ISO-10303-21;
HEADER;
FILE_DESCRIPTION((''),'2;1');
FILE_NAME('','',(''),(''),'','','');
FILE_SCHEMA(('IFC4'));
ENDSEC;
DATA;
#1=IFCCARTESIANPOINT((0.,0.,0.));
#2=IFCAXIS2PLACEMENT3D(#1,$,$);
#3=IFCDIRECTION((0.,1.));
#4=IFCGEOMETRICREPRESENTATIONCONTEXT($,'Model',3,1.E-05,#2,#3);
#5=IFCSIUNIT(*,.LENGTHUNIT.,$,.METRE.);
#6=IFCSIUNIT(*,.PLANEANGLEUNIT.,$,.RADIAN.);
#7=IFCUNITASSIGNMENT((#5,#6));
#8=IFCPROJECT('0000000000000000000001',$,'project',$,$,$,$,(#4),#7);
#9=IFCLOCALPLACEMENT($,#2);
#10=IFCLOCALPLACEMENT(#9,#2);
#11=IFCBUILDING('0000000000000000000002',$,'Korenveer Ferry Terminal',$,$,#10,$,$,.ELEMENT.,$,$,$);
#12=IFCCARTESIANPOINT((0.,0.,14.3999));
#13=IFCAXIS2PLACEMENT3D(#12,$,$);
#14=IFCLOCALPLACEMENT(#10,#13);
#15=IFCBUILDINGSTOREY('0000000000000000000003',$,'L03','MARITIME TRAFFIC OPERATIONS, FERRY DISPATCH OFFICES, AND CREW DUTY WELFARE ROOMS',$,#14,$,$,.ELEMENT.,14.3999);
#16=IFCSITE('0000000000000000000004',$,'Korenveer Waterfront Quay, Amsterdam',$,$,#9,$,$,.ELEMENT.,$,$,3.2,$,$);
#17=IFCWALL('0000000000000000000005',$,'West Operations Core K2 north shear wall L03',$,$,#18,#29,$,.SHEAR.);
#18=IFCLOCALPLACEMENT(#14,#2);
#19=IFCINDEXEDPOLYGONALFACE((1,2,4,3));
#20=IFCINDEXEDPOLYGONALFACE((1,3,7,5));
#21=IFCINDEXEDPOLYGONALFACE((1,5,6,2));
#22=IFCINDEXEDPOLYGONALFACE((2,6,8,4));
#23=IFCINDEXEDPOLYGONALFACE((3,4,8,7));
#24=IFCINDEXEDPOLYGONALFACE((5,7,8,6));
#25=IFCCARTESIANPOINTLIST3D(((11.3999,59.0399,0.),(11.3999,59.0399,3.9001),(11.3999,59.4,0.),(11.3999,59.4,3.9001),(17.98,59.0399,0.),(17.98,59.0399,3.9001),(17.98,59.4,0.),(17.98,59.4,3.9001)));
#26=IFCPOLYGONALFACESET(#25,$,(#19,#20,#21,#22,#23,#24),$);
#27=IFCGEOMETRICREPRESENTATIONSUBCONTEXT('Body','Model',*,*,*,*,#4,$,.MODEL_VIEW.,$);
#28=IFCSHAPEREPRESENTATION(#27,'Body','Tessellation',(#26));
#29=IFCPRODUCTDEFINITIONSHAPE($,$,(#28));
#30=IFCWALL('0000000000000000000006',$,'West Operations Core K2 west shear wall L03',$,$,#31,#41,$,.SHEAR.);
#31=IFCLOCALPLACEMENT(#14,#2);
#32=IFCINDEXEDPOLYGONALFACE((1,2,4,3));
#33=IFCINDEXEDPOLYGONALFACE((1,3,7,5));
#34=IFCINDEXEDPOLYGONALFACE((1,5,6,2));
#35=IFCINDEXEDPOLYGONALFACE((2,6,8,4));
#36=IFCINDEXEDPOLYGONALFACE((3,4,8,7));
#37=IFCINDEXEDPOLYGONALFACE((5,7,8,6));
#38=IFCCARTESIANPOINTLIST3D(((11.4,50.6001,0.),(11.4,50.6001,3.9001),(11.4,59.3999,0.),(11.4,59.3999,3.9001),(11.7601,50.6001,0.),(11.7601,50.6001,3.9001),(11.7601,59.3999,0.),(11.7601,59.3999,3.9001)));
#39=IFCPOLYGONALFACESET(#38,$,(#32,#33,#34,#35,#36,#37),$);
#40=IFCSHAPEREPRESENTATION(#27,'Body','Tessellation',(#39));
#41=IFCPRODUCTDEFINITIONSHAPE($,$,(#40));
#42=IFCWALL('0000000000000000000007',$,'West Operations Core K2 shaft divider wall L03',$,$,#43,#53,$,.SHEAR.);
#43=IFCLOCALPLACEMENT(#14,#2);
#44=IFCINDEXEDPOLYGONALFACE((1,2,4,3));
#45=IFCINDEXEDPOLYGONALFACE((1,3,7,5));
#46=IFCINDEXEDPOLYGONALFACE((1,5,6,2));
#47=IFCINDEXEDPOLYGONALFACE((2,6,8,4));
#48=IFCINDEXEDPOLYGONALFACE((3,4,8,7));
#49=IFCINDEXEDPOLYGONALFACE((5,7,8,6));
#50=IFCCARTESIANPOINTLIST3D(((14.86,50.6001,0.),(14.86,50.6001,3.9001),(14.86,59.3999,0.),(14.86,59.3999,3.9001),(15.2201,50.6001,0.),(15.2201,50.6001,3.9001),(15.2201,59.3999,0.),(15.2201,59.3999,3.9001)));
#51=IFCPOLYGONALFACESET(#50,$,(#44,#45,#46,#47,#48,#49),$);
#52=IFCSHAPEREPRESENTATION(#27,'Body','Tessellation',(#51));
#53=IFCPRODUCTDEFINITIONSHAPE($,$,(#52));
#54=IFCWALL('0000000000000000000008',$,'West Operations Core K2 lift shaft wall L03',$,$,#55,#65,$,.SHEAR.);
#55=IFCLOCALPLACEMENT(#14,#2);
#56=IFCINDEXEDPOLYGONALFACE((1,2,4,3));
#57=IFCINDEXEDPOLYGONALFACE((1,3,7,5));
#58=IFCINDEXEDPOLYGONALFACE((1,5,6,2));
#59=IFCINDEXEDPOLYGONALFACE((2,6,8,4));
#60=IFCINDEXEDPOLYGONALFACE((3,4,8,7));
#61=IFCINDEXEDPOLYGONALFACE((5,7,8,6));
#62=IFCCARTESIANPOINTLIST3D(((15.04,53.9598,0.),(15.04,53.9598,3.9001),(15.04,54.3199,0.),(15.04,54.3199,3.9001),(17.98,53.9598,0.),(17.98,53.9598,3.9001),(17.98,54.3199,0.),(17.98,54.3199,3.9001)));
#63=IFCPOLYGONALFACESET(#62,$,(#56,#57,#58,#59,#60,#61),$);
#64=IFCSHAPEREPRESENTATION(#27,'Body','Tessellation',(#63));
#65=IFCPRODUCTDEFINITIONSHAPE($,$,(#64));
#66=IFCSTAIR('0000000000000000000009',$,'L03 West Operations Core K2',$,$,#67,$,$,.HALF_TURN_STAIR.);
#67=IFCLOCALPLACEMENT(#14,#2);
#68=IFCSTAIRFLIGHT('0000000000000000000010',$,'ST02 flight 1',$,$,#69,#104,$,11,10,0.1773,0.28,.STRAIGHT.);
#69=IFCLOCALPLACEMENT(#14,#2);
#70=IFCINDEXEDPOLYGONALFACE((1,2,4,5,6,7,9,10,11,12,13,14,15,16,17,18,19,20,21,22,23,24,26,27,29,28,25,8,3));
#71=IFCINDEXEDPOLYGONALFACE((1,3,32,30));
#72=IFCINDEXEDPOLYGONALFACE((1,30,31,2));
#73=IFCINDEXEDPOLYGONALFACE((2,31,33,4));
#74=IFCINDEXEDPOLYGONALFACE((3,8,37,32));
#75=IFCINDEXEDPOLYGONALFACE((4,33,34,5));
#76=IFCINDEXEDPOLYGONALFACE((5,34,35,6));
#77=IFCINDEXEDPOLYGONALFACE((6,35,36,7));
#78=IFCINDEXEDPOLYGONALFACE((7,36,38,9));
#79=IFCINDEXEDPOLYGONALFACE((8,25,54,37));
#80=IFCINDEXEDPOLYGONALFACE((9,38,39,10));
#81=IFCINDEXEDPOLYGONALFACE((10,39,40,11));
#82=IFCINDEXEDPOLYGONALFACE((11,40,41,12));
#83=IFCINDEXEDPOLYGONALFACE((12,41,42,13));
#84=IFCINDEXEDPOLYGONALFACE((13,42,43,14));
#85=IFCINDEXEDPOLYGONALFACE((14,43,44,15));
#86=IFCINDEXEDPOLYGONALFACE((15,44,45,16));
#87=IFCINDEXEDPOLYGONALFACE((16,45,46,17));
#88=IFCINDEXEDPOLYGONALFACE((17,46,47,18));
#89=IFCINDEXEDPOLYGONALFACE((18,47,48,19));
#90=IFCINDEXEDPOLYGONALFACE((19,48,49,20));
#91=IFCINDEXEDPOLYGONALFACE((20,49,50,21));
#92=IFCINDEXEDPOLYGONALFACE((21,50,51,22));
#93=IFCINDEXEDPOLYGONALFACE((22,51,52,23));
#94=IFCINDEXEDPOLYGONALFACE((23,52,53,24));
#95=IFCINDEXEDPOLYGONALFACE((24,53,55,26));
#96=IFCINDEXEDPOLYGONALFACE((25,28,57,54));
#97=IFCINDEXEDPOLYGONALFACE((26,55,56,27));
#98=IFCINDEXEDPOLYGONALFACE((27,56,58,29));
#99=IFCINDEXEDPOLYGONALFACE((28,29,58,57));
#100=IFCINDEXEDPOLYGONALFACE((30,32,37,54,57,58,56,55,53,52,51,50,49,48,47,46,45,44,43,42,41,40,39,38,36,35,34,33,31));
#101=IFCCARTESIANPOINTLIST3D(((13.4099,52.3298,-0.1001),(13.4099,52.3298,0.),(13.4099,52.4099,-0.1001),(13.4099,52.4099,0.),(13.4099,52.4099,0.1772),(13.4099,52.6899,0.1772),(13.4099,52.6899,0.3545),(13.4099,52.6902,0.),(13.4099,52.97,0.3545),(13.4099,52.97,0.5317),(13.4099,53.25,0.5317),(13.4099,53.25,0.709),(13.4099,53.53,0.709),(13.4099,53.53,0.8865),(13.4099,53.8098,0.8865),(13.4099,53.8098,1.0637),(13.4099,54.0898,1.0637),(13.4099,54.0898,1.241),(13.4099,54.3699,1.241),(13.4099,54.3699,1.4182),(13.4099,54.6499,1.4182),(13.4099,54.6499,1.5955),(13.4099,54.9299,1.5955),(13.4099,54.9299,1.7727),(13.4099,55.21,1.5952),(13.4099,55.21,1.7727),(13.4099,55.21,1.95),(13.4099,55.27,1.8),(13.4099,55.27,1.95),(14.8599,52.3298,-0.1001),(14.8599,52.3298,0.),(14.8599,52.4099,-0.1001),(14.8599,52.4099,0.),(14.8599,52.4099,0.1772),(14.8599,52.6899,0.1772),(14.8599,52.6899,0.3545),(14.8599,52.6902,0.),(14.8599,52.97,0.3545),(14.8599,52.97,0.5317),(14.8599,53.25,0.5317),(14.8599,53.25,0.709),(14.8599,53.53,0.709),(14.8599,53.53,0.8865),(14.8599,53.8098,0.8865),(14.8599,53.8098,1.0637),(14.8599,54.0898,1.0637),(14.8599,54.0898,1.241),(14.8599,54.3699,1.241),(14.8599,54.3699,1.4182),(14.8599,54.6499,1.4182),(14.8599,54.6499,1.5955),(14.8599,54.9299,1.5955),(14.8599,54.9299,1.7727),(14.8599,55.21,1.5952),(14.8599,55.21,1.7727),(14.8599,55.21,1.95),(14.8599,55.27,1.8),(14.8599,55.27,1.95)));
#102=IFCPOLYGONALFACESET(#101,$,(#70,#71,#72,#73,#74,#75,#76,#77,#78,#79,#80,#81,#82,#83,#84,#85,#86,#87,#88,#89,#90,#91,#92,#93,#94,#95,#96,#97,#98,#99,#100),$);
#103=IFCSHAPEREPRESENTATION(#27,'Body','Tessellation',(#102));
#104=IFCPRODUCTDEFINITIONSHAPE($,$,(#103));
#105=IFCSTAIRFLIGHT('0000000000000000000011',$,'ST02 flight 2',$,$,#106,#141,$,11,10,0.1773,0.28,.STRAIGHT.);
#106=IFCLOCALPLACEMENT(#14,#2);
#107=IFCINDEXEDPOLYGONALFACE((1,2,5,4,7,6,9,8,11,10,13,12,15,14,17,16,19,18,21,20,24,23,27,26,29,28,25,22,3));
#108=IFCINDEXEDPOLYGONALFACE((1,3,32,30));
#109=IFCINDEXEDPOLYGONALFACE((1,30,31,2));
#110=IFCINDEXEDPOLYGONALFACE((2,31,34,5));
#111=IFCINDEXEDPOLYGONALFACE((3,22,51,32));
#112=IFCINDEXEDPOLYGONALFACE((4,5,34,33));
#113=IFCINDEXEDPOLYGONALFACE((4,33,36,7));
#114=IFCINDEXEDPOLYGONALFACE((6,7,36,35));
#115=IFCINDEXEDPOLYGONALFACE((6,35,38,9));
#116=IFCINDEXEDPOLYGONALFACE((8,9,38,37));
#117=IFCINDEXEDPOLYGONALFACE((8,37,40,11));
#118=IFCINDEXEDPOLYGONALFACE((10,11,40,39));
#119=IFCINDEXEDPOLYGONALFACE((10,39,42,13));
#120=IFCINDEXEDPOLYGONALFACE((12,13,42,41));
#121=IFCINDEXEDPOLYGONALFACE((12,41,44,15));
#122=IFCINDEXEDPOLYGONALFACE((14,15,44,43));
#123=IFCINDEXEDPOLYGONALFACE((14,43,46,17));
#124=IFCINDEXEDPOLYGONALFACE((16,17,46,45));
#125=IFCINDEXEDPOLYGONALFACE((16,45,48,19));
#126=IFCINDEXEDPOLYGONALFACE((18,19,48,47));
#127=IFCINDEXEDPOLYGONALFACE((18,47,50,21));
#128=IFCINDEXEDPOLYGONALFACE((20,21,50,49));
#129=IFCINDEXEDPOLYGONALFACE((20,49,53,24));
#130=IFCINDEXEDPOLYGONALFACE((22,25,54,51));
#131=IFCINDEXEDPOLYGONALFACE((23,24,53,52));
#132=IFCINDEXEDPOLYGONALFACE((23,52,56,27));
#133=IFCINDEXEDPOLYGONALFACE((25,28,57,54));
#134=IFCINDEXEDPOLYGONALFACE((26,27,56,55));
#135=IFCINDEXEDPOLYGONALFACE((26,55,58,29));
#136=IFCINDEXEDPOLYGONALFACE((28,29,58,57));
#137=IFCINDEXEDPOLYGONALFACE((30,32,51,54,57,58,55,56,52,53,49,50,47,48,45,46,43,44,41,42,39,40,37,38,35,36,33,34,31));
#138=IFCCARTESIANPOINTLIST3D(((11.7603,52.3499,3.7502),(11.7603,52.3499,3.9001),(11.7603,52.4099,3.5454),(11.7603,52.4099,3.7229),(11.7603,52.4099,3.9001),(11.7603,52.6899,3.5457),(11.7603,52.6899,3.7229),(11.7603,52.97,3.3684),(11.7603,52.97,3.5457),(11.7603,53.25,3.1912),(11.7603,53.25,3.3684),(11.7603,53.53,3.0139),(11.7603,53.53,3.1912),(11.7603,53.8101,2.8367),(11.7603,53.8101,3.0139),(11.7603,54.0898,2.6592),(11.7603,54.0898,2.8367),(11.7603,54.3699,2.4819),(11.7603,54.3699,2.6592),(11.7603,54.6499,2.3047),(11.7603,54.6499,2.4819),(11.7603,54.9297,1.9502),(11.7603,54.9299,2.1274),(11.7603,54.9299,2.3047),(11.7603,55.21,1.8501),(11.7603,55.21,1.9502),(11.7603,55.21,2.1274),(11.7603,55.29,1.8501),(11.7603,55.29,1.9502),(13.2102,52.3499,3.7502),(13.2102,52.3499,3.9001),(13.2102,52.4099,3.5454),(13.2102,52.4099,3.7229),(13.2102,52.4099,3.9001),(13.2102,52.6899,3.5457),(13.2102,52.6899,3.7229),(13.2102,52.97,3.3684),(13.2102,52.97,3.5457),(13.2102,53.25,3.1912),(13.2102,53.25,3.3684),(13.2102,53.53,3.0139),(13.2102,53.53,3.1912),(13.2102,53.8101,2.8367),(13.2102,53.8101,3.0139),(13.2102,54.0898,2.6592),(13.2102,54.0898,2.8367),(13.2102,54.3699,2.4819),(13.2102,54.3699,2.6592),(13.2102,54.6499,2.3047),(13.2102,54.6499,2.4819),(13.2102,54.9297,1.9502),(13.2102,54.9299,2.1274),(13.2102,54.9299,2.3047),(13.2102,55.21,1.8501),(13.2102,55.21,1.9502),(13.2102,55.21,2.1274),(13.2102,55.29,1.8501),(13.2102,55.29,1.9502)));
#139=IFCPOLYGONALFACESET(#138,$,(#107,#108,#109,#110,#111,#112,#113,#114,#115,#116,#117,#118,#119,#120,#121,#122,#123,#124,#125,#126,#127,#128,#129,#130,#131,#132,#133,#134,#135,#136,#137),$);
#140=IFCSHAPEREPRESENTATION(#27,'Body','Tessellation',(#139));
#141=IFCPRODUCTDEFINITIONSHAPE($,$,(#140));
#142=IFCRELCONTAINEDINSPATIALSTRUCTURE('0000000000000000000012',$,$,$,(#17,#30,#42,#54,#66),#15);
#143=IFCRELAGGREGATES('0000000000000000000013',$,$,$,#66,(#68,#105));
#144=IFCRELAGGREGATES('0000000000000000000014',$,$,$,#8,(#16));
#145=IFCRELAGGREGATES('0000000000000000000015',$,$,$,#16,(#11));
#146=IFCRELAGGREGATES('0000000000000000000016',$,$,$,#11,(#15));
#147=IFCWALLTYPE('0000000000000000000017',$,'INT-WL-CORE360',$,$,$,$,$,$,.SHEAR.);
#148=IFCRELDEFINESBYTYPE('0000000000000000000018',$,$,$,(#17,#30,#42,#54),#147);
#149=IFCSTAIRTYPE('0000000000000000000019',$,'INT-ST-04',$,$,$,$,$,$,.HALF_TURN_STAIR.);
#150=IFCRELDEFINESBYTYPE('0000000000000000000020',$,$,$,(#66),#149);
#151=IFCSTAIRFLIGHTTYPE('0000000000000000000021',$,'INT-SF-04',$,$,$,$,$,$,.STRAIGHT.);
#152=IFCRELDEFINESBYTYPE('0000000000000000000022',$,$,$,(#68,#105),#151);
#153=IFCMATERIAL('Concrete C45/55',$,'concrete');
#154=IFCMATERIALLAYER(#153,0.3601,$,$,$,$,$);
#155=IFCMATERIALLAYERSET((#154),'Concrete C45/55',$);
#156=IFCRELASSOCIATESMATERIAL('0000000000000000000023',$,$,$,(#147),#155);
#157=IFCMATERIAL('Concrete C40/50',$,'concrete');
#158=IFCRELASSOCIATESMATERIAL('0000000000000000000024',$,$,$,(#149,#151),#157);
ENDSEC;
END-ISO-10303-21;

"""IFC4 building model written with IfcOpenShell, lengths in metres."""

from ifc_helpers import new_model, si_unit, direction, frame, frame_2d, origin, place, context, subcontext, project, spatial, polyline, rectangle, outline, extrude, material, layer, layer_set, type_object, element, aggregate, save


model = new_model("IFC4")

# Units and contexts
model_context = context("Model", 3, precision=1e-05, world=origin(), true_north=direction((0.0, 1.0)))
body_context = subcontext(model_context, "Body", "Model", "MODEL_VIEW")
ifc_project = project(units=[si_unit("LENGTHUNIT", "METRE"), si_unit("PLANEANGLEUNIT", "RADIAN")], contexts=[model_context])

# Site, building, storey
site_placement = place(None, origin())
site = spatial("IfcSite", under=ifc_project, at=site_placement, Name="Korenveer Waterfront Quay, Amsterdam", CompositionType="ELEMENT", RefElevation=3.2)
building_placement = place(site_placement, origin())
building = spatial("IfcBuilding", under=site, at=building_placement, Name="Korenveer Ferry Terminal", CompositionType="ELEMENT")
storey_placement = place(building_placement, frame((0.0, 0.0, 14.3999)))
storey = spatial("IfcBuildingStorey", under=building, at=storey_placement, Name="L03", Description="MARITIME TRAFFIC OPERATIONS, FERRY DISPATCH OFFICES, AND CREW DUTY WELFARE ROOMS", CompositionType="ELEMENT", Elevation=14.3999)

# Shared definitions
ifc_material_1 = material(Name="Concrete C45/55", Category="concrete")

# Shared definitions
ifc_layer_1 = layer(ifc_material_1, 0.3601)
ifc_layer_set_1 = layer_set([ifc_layer_1], Name="Concrete C45/55")
wall_type_1 = type_object("IfcWallType", Name="INT-WL-CORE360", PredefinedType="SHEAR", material=ifc_layer_set_1)

# Walls
wall_1_placement = place(storey_placement, frame((11.3999, 59.22, 0.0), z_axis=(0.0, 0.0, 1.0), x_axis=(1.0, 0.0, 0.0)))
element("IfcWall", 1, at=wall_1_placement, inside=storey, type_object=wall_type_1, Name="West Operations Core K2 north shear wall L03", PredefinedType="SHEAR", context=body_context, shape_type="SweptSolid", body=[
    extrude(rectangle(XDim=6.5801, YDim=0.3601, at=frame_2d((3.29, 0.0))), origin(), (0.0, 0.0, 1.0), 3.9001),
])
for number, where, z_axis, x_axis, name in (
    (2, (11.5801, 50.6001, 0.0), (0.0, 0.0, 1.0), (0.0, 1.0, 0.0), "West Operations Core K2 west shear wall L03"),
    (3, (15.04, 50.6001, 0.0), (0.0, 0.0, 1.0), (0.0, 1.0, 0.0), "West Operations Core K2 shaft divider wall L03"),
):
    element("IfcWall", number, at=place(storey_placement, frame(where, z_axis=z_axis, x_axis=x_axis)), inside=storey, type_object=wall_type_1, Name=name, PredefinedType="SHEAR", context=body_context, shape_type="SweptSolid", body=[
        extrude(rectangle(XDim=8.7998, YDim=0.3601, at=frame_2d((4.3999, 0.0))), origin(), (0.0, 0.0, 1.0), 3.9001),
    ])
wall_2_placement = place(storey_placement, frame((15.04, 54.1399, 0.0), z_axis=(0.0, 0.0, 1.0), x_axis=(1.0, 0.0, 0.0)))
element("IfcWall", 4, at=wall_2_placement, inside=storey, type_object=wall_type_1, Name="West Operations Core K2 lift shaft wall L03", PredefinedType="SHEAR", context=body_context, shape_type="SweptSolid", body=[
    extrude(rectangle(XDim=2.9399, YDim=0.3601, at=frame_2d((1.47, 0.0))), origin(), (0.0, 0.0, 1.0), 3.9001),
])

# Stair, stair flights
ifc_material_2 = material(Name="Concrete C40/50", Category="concrete")
stair_type = type_object("IfcStairType", Name="INT-ST-04", PredefinedType="HALF_TURN_STAIR", material=ifc_material_2)
stair_placement = place(storey_placement, frame((14.135, 52.4099, 0.0)))
stair = element("IfcStair", 5, at=stair_placement, inside=storey, type_object=stair_type, Name="L03 West Operations Core K2", PredefinedType="HALF_TURN_STAIR")
stair_flight_type = type_object("IfcStairFlightType", Name="INT-SF-04", PredefinedType="STRAIGHT", material=ifc_material_2)
stair_flight_1_placement = place(storey_placement, frame((14.135, 52.4099, 0.0), z_axis=(0.0, 0.0, 1.0), x_axis=(0.0, 1.0, 0.0)))
stair_flight_1 = element("IfcStairFlight", 6, at=stair_flight_1_placement, type_object=stair_flight_type, Name="ST02 flight 1", NumberOfRisers=11, NumberOfTreads=10, PredefinedType="STRAIGHT", RiserHeight=0.1773, TreadLength=0.28, context=body_context, shape_type="SweptSolid", body=[
    extrude(outline(polyline([(-0.0801, 0.0), (0.0, 0.0), (0.0, 0.1772), (0.28, 0.1772), (0.28, 0.3545), (0.5601, 0.3545), (0.5601, 0.5317), (0.8401, 0.5317), (0.8401, 0.709), (1.1201, 0.709), (1.1201, 0.8865), (1.3999, 0.8865), (1.3999, 1.0637), (1.6799, 1.0637), (1.6799, 1.241), (1.96, 1.241), (1.96, 1.4182), (2.24, 1.4182), (2.24, 1.5955), (2.52, 1.5955), (2.52, 1.7727), (2.8, 1.7727), (2.8, 1.95), (2.8601, 1.95), (2.8601, 1.8), (2.8, 1.5952), (0.2803, 0.0), (0.0, -0.1001), (-0.0801, -0.1001), (-0.0801, 0.0)])), frame((0.0, 0.7251, 0.0), z_axis=(0.0, -1.0, 0.0), x_axis=(1.0, 0.0, 0.0)), (0.0, 0.0, 1.0), 1.45),
])
stair_flight_2_placement = place(storey_placement, frame((12.4851, 55.21, 1.9502), z_axis=(0.0, 0.0, 1.0), x_axis=(0.0, -1.0, 0.0)))
stair_flight_2 = element("IfcStairFlight", 7, at=stair_flight_2_placement, type_object=stair_flight_type, Name="ST02 flight 2", NumberOfRisers=11, NumberOfTreads=10, PredefinedType="STRAIGHT", RiserHeight=0.1773, TreadLength=0.28, context=body_context, shape_type="SweptSolid", body=[
    extrude(outline(polyline([(-0.0801, 0.0), (0.0, 0.0), (0.0, 0.1772), (0.28, 0.1772), (0.28, 0.3545), (0.5601, 0.3545), (0.5601, 0.5317), (0.8401, 0.5317), (0.8401, 0.709), (1.1201, 0.709), (1.1201, 0.8865), (1.3999, 0.8865), (1.3999, 1.0637), (1.6799, 1.0637), (1.6799, 1.241), (1.96, 1.241), (1.96, 1.4182), (2.24, 1.4182), (2.24, 1.5955), (2.52, 1.5955), (2.52, 1.7727), (2.8, 1.7727), (2.8, 1.95), (2.8601, 1.95), (2.8601, 1.8), (2.8, 1.5952), (0.2803, 0.0), (0.0, -0.1001), (-0.0801, -0.1001), (-0.0801, 0.0)])), frame((0.0, 0.7251, 0.0), z_axis=(0.0, -1.0, 0.0), x_axis=(1.0, 0.0, 0.0)), (0.0, 0.0, 1.0), 1.45),
])
aggregate(stair, [stair_flight_1, stair_flight_2])

save(model, "model.ifc")
